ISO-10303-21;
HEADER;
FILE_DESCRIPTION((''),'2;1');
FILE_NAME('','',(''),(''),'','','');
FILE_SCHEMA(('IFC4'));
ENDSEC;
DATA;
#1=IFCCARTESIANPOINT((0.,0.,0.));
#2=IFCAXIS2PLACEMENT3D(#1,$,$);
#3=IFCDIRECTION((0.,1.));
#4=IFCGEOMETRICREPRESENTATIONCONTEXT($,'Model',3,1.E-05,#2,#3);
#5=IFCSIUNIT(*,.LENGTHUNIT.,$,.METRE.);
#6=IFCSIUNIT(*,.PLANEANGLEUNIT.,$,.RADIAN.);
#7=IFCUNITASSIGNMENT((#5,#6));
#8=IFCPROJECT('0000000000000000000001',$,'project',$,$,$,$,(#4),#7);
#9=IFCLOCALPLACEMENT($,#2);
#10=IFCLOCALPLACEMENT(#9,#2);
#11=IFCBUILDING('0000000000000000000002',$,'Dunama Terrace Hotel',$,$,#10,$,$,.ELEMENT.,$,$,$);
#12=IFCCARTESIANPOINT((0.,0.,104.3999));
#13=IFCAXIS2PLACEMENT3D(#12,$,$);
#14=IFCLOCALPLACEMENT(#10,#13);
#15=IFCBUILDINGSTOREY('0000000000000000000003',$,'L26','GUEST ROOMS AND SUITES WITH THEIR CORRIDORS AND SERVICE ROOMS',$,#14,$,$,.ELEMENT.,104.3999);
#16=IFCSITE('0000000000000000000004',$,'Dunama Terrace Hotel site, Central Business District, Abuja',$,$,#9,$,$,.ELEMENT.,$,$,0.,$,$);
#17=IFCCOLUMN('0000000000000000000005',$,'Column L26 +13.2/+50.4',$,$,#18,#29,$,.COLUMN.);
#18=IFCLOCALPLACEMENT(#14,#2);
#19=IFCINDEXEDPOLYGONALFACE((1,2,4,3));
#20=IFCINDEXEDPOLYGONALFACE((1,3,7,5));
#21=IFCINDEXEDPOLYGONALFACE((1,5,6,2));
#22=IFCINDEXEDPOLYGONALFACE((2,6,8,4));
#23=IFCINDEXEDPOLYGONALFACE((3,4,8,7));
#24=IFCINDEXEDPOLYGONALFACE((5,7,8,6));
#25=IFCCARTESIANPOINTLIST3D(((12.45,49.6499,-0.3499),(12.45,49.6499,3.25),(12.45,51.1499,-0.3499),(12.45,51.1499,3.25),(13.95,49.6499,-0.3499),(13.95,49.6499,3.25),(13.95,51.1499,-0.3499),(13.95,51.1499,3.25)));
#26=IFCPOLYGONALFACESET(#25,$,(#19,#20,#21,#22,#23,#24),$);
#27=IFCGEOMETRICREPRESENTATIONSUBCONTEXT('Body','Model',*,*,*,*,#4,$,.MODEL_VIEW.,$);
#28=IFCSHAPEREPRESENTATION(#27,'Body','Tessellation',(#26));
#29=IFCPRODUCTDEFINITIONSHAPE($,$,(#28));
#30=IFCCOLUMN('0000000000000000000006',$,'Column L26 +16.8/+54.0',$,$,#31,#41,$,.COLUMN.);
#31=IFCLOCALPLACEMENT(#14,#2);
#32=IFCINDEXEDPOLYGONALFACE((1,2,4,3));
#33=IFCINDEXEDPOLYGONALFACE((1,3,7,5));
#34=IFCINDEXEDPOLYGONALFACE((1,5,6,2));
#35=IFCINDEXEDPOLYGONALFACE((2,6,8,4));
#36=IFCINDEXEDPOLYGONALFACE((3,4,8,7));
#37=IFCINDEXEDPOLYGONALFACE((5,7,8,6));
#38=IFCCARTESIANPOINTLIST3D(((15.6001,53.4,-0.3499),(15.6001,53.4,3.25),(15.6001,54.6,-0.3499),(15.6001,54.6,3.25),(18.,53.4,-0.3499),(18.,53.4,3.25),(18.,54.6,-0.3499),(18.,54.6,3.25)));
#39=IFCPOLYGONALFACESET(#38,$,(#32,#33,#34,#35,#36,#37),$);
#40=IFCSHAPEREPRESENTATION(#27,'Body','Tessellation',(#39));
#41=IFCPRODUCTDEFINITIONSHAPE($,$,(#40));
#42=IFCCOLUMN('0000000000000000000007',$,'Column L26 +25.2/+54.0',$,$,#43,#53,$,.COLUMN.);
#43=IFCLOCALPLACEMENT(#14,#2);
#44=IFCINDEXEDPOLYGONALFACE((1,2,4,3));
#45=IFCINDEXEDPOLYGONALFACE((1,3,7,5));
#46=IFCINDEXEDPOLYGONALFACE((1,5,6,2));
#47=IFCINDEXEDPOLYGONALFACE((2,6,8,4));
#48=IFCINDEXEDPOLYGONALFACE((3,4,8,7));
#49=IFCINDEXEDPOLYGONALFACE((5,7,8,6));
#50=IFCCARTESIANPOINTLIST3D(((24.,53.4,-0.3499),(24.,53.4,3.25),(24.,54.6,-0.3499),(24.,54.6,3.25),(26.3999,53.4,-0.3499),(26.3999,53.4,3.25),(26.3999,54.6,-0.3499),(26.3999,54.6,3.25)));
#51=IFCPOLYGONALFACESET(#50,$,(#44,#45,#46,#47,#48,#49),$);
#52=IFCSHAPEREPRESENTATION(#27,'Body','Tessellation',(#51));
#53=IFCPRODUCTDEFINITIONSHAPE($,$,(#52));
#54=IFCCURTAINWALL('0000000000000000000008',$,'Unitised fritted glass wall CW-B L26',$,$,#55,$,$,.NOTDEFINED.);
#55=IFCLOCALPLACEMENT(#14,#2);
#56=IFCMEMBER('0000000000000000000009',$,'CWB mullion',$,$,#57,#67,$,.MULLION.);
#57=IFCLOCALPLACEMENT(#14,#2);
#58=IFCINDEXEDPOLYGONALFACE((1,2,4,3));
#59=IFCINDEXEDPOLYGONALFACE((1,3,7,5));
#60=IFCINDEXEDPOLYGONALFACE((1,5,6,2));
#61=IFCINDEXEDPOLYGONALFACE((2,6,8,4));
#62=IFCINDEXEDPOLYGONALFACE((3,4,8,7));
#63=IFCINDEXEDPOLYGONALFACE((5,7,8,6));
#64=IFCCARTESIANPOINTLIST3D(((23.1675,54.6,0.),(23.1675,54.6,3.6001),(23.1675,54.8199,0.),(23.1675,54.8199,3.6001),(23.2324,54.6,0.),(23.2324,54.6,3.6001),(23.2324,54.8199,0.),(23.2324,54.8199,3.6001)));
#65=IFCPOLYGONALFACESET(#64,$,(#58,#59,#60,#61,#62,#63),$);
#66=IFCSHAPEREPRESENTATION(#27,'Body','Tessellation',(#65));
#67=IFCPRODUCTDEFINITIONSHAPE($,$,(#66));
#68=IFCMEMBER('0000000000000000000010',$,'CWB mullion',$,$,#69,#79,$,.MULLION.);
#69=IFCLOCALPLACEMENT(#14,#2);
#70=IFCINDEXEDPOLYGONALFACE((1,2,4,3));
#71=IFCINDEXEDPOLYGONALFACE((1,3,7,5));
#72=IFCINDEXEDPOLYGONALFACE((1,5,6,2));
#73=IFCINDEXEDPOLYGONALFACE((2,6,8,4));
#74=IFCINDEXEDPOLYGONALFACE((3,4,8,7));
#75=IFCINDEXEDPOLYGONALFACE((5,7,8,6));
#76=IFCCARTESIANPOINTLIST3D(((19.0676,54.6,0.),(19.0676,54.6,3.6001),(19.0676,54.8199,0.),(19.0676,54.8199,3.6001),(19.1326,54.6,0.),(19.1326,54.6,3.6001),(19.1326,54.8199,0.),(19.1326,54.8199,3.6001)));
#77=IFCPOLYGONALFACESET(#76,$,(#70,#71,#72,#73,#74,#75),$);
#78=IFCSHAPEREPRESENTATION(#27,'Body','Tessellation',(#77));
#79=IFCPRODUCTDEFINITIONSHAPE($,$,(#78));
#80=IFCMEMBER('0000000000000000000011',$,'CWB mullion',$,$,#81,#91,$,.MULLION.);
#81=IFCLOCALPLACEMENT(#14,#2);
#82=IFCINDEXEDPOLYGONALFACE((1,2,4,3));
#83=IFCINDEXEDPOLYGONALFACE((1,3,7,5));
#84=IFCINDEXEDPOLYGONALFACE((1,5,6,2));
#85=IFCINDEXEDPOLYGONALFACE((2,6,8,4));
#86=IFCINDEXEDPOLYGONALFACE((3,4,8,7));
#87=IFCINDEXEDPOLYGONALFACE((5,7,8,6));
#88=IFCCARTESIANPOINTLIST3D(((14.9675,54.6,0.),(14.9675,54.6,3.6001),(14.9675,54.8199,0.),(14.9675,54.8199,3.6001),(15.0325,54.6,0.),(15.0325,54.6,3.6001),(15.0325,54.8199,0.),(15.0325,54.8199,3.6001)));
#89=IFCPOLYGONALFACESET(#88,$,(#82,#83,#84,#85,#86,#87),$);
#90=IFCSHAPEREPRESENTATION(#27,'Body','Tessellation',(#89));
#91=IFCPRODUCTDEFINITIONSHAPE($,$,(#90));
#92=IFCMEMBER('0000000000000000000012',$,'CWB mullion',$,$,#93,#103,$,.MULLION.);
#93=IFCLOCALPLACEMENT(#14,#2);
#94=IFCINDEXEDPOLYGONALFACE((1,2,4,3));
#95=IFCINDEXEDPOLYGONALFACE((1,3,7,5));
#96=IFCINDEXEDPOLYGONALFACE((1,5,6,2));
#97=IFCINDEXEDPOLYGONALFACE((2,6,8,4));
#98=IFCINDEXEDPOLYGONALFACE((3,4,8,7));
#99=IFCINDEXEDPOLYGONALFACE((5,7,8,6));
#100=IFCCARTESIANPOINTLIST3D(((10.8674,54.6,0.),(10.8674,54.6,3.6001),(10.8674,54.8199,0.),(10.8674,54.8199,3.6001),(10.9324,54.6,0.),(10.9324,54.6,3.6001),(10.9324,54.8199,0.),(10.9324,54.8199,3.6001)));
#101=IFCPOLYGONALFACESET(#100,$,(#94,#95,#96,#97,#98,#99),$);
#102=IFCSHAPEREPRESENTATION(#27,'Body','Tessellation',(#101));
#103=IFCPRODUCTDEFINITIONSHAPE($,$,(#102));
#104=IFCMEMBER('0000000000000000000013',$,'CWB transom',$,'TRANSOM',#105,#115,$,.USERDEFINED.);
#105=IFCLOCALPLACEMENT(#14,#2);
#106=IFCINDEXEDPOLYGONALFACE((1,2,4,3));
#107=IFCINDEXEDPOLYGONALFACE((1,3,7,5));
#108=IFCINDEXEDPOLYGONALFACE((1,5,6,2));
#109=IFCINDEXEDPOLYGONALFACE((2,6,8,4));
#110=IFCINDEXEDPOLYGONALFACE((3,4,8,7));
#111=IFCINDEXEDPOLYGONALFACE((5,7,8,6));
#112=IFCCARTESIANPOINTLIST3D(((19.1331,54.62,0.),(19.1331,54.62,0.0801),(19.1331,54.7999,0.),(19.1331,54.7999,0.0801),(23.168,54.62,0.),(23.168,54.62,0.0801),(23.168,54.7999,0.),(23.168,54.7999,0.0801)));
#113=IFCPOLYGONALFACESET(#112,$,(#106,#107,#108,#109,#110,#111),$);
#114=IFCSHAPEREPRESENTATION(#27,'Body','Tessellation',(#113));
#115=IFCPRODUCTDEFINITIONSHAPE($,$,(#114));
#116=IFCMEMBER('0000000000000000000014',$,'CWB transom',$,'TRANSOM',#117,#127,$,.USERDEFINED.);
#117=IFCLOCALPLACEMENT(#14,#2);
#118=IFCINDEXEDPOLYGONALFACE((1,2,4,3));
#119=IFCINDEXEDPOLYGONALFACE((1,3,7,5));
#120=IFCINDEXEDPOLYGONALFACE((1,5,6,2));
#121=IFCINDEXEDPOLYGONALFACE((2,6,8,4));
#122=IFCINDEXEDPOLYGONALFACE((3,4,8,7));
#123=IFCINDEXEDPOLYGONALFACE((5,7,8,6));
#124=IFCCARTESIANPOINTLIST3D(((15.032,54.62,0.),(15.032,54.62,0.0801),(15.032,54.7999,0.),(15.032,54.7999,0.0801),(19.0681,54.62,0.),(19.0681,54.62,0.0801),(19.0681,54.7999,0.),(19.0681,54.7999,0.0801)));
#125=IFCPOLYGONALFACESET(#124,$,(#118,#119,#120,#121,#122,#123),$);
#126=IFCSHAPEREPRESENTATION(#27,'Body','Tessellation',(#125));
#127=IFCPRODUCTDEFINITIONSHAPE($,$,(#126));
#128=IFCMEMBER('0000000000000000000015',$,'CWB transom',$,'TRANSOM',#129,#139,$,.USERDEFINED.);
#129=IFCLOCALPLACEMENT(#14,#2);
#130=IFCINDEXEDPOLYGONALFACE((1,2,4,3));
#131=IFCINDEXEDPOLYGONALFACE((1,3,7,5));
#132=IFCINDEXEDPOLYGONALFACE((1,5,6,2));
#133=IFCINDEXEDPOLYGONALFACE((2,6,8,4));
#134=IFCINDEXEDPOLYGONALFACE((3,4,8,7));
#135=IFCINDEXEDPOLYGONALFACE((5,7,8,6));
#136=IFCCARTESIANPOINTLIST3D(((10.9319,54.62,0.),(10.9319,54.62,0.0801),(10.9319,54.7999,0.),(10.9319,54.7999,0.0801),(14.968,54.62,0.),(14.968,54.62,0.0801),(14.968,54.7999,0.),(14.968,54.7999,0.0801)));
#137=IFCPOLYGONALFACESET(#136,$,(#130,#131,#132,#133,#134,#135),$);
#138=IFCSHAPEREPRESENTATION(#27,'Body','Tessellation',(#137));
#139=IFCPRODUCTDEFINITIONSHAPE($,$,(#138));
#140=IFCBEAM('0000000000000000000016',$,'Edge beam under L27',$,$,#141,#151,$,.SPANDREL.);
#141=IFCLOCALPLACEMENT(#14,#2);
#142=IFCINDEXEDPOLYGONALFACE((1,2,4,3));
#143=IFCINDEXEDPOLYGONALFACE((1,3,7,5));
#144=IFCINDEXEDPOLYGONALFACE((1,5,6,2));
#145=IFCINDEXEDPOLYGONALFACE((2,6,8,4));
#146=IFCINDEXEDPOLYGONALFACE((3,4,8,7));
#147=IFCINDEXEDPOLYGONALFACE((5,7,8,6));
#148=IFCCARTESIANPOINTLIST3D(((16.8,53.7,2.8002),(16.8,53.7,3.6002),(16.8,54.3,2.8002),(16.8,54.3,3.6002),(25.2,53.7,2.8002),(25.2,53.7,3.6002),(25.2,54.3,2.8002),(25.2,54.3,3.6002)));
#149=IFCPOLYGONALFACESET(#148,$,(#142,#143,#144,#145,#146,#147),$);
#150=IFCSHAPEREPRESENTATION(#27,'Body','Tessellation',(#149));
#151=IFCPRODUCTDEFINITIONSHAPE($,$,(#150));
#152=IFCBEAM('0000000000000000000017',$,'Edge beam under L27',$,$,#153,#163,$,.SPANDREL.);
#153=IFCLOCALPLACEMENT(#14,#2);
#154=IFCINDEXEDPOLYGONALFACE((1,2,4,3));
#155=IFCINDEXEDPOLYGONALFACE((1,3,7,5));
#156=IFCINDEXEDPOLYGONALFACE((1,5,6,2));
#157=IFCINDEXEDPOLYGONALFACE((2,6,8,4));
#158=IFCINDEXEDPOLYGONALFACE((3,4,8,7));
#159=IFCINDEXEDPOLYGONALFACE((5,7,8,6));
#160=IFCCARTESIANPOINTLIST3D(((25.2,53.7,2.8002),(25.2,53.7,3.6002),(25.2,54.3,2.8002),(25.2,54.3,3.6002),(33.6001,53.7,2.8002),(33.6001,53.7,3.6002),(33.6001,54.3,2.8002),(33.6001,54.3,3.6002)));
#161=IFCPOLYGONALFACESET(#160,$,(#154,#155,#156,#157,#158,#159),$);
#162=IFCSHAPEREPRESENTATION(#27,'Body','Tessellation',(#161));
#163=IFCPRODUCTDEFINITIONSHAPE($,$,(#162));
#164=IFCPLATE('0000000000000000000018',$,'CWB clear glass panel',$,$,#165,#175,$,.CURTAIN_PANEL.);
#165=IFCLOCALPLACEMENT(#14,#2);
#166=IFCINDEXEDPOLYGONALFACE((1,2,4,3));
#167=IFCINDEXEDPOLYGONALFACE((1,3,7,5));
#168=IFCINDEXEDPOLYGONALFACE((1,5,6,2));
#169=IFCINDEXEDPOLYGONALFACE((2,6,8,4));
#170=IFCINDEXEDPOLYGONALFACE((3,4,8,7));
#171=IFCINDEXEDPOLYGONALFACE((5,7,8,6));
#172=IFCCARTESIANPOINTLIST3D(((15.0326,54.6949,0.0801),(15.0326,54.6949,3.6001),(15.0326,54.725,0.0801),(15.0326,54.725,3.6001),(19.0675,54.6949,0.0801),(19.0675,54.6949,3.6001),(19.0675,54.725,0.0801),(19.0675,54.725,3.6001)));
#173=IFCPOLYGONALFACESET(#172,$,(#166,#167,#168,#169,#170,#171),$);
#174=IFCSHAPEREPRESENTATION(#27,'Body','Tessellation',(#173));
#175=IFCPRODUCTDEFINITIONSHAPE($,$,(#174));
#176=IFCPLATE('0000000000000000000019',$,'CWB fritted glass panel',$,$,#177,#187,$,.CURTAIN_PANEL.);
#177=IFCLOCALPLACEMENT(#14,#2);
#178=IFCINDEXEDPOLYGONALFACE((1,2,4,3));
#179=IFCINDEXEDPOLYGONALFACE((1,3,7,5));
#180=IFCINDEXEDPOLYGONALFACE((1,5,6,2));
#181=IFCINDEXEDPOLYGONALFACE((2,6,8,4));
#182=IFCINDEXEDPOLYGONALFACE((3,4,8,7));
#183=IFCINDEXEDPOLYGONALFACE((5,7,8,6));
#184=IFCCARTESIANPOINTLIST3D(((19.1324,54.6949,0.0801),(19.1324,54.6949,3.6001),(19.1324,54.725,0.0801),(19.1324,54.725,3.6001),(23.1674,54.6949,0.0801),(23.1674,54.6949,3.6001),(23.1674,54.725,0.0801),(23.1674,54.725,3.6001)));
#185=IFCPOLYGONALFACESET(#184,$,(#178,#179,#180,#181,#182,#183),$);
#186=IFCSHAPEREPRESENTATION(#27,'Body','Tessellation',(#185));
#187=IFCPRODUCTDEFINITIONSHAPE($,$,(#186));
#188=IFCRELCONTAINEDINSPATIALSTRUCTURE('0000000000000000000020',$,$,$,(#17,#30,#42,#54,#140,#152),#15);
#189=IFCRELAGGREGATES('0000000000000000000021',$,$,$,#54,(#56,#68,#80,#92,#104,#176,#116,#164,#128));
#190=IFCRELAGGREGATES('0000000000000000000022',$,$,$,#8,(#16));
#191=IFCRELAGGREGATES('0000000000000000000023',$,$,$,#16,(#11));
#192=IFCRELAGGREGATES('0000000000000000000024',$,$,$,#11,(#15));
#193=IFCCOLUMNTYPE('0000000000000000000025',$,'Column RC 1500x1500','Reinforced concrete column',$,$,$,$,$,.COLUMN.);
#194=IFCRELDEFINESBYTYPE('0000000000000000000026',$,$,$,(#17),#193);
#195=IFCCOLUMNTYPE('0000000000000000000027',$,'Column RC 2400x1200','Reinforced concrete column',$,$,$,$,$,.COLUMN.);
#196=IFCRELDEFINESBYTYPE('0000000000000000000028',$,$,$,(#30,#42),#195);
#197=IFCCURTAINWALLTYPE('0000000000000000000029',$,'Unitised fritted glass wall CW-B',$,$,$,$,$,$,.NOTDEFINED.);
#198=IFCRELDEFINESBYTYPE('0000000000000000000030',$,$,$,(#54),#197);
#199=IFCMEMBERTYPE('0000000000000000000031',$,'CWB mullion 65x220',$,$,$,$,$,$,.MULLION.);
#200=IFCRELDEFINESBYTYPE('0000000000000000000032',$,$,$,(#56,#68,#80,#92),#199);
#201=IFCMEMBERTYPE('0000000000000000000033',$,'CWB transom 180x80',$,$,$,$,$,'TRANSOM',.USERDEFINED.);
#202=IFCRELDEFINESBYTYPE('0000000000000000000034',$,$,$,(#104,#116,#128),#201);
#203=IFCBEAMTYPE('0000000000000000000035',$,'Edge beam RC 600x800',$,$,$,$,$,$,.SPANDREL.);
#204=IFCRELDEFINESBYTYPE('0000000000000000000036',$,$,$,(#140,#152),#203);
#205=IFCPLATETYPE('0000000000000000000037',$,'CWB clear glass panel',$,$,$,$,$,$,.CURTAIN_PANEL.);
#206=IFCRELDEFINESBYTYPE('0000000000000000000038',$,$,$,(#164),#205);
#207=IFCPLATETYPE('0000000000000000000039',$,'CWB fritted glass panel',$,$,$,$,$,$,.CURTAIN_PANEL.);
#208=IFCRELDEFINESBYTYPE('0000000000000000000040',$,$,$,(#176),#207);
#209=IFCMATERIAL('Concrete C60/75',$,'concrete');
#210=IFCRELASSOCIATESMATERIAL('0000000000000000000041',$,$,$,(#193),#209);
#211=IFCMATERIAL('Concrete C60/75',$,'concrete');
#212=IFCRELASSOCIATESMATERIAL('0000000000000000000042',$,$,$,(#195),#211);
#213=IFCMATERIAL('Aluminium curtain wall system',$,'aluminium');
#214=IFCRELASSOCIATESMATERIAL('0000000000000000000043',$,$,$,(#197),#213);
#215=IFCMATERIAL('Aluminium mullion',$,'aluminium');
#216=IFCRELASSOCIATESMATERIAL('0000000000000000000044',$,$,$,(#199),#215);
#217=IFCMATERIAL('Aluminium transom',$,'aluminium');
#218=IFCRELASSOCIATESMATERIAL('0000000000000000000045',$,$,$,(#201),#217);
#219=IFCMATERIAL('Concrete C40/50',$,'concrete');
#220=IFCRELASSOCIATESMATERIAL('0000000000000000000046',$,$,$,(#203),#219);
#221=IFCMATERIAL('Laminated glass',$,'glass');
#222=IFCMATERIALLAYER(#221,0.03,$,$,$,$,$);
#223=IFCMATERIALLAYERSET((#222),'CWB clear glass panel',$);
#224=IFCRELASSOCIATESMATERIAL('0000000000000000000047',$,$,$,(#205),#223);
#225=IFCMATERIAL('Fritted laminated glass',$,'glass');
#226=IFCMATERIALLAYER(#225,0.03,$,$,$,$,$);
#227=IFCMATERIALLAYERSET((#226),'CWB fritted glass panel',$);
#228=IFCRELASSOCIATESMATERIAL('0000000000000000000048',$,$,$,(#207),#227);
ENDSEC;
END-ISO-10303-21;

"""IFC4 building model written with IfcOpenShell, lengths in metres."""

from ifc_helpers import new_model, si_unit, direction, frame, origin, origin_2d, place, context, subcontext, project, spatial, rectangle, extrude, material, layer, layer_set, material_profile, profile_set, type_object, element, aggregate, save


model = new_model("IFC4")

# Units and contexts
model_context = context("Model", 3, precision=1e-05, world=origin(), true_north=direction((0.0, 1.0)))
body_context = subcontext(model_context, "Body", "Model", "MODEL_VIEW")
ifc_project = project(units=[si_unit("LENGTHUNIT", "METRE"), si_unit("PLANEANGLEUNIT", "RADIAN")], contexts=[model_context])

# Site, building, storey
site_placement = place(None, origin())
site = spatial("IfcSite", under=ifc_project, at=site_placement, Name="Dunama Terrace Hotel site, Central Business District, Abuja", CompositionType="ELEMENT", RefElevation=0.0)
building_placement = place(site_placement, origin())
building = spatial("IfcBuilding", under=site, at=building_placement, Name="Dunama Terrace Hotel", CompositionType="ELEMENT")
storey_placement = place(building_placement, frame((0.0, 0.0, 104.3999)))
storey = spatial("IfcBuildingStorey", under=building, at=storey_placement, Name="L26", Description="GUEST ROOMS AND SUITES WITH THEIR CORRIDORS AND SERVICE ROOMS", CompositionType="ELEMENT", Elevation=104.3999)

# Columns
ifc_material_1 = material(Name="Concrete C60/75", Category="concrete")
ifc_material_profile_1 = material_profile(ifc_material_1, rectangle(XDim=1.5, YDim=1.5, at=origin_2d()), Name="RC 1500x1500")
ifc_profile_set_1 = profile_set([ifc_material_profile_1], Name="Concrete C60/75")
column_type_1 = type_object("IfcColumnType", Name="Column RC 1500x1500", Description="Reinforced concrete column", PredefinedType="COLUMN", material=ifc_profile_set_1)
column_placement = place(storey_placement, frame((13.2, 50.3999, -0.3499), z_axis=(0.0, 0.0, 1.0), x_axis=(1.0, 0.0, 0.0)))
element("IfcColumn", 1, at=column_placement, inside=storey, type_object=column_type_1, Name="Column L26 +13.2/+50.4", PredefinedType="COLUMN", context=body_context, shape_type="SweptSolid", body=[
    extrude(rectangle(XDim=1.5, YDim=1.5, at=origin_2d()), origin(), (0.0, 0.0, 1.0), 3.5999),
])
ifc_material_2 = material(Name="Concrete C60/75", Category="concrete")
ifc_material_profile_2 = material_profile(ifc_material_2, rectangle(XDim=2.3999, YDim=1.2, at=origin_2d()), Name="RC 2400x1200")
ifc_profile_set_2 = profile_set([ifc_material_profile_2], Name="Concrete C60/75")
column_type_2 = type_object("IfcColumnType", Name="Column RC 2400x1200", Description="Reinforced concrete column", PredefinedType="COLUMN", material=ifc_profile_set_2)
for number, where, z_axis, x_axis, name in (
    (2, (16.8, 54.0, -0.3499), (0.0, 0.0, 1.0), (1.0, 0.0, 0.0), "Column L26 +16.8/+54.0"),
    (3, (25.2, 54.0, -0.3499), (0.0, 0.0, 1.0), (1.0, 0.0, 0.0), "Column L26 +25.2/+54.0"),
):
    element("IfcColumn", number, at=place(storey_placement, frame(where, z_axis=z_axis, x_axis=x_axis)), inside=storey, type_object=column_type_2, Name=name, PredefinedType="COLUMN", context=body_context, shape_type="SweptSolid", body=[
        extrude(rectangle(XDim=2.3999, YDim=1.2, at=origin_2d()), origin(), (0.0, 0.0, 1.0), 3.5999),
    ])

# Curtain wall, members
ifc_material_3 = material(Name="Aluminium curtain wall system", Category="aluminium")
curtain_wall_type = type_object("IfcCurtainWallType", Name="Unitised fritted glass wall CW-B", PredefinedType="NOTDEFINED", material=ifc_material_3)
curtain_wall_placement = place(storey_placement, origin())
curtain_wall = element("IfcCurtainWall", 4, at=curtain_wall_placement, inside=storey, type_object=curtain_wall_type, Name="Unitised fritted glass wall CW-B L26", PredefinedType="NOTDEFINED")
ifc_material_4 = material(Name="Aluminium mullion", Category="aluminium")
ifc_material_profile_3 = material_profile(ifc_material_4, rectangle(XDim=0.0649, YDim=0.22, at=origin_2d()), Name="CWB MULLION 65X220")
ifc_profile_set_3 = profile_set([ifc_material_profile_3], Name="Aluminium mullion")
member_type_1 = type_object("IfcMemberType", Name="CWB mullion 65x220", PredefinedType="MULLION", material=ifc_profile_set_3)
member_1_placement = place(storey_placement, frame((23.2, 54.71, 0.0), z_axis=(0.0, 0.0, 1.0), x_axis=(-1.0, 0.0, 0.0)))
member_1 = element("IfcMember", 5, at=member_1_placement, type_object=member_type_1, Name="CWB mullion", PredefinedType="MULLION", context=body_context, shape_type="SweptSolid", body=[
    extrude(rectangle(XDim=0.0649, YDim=0.22, at=origin_2d()), origin(), (0.0, 0.0, 1.0), 3.6001),
])
member_2_placement = place(storey_placement, frame((19.1001, 54.71, 0.0), z_axis=(0.0, 0.0, 1.0), x_axis=(-1.0, 0.0, 0.0)))
member_2 = element("IfcMember", 6, at=member_2_placement, type_object=member_type_1, Name="CWB mullion", PredefinedType="MULLION", context=body_context, shape_type="SweptSolid", body=[
    extrude(rectangle(XDim=0.0649, YDim=0.22, at=origin_2d()), origin(), (0.0, 0.0, 1.0), 3.6001),
])
member_3_placement = place(storey_placement, frame((15.0, 54.71, 0.0), z_axis=(0.0, 0.0, 1.0), x_axis=(-1.0, 0.0, 0.0)))
member_3 = element("IfcMember", 7, at=member_3_placement, type_object=member_type_1, Name="CWB mullion", PredefinedType="MULLION", context=body_context, shape_type="SweptSolid", body=[
    extrude(rectangle(XDim=0.0649, YDim=0.22, at=origin_2d()), origin(), (0.0, 0.0, 1.0), 3.6001),
])
member_4_placement = place(storey_placement, frame((10.8999, 54.71, 0.0), z_axis=(0.0, 0.0, 1.0), x_axis=(-1.0, 0.0, 0.0)))
member_4 = element("IfcMember", 8, at=member_4_placement, type_object=member_type_1, Name="CWB mullion", PredefinedType="MULLION", context=body_context, shape_type="SweptSolid", body=[
    extrude(rectangle(XDim=0.0649, YDim=0.22, at=origin_2d()), origin(), (0.0, 0.0, 1.0), 3.6001),
])
ifc_material_5 = material(Name="Aluminium transom", Category="aluminium")
ifc_material_profile_4 = material_profile(ifc_material_5, rectangle(XDim=0.1799, YDim=0.0801, at=origin_2d()), Name="CWB TRANSOM 180X80")
ifc_profile_set_4 = profile_set([ifc_material_profile_4], Name="Aluminium transom")
member_type_2 = type_object("IfcMemberType", Name="CWB transom 180x80", ElementType="TRANSOM", PredefinedType="USERDEFINED", material=ifc_profile_set_4)
member_5_placement = place(storey_placement, frame((23.168, 54.71, 0.04), z_axis=(-1.0, 0.0, 0.0), x_axis=(0.0, -1.0, 0.0)))
member_5 = element("IfcMember", 9, at=member_5_placement, type_object=member_type_2, Name="CWB transom", ObjectType="TRANSOM", PredefinedType="USERDEFINED", context=body_context, shape_type="SweptSolid", body=[
    extrude(rectangle(XDim=0.1799, YDim=0.0801, at=origin_2d()), origin(), (0.0, 0.0, 1.0), 4.0349),
])
member_6_placement = place(storey_placement, frame((19.0681, 54.71, 0.04), z_axis=(-1.0, 0.0, 0.0), x_axis=(0.0, -1.0, 0.0)))
member_6 = element("IfcMember", 10, at=member_6_placement, type_object=member_type_2, Name="CWB transom", ObjectType="TRANSOM", PredefinedType="USERDEFINED", context=body_context, shape_type="SweptSolid", body=[
    extrude(rectangle(XDim=0.1799, YDim=0.0801, at=origin_2d()), origin(), (0.0, 0.0, 1.0), 4.0361),
])
member_7_placement = place(storey_placement, frame((14.968, 54.71, 0.04), z_axis=(-1.0, 0.0, 0.0), x_axis=(0.0, -1.0, 0.0)))
member_7 = element("IfcMember", 11, at=member_7_placement, type_object=member_type_2, Name="CWB transom", ObjectType="TRANSOM", PredefinedType="USERDEFINED", context=body_context, shape_type="SweptSolid", body=[
    extrude(rectangle(XDim=0.1799, YDim=0.0801, at=origin_2d()), origin(), (0.0, 0.0, 1.0), 4.0361),
])

# Beams
ifc_material_6 = material(Name="Concrete C40/50", Category="concrete")
ifc_material_profile_5 = material_profile(ifc_material_6, rectangle(XDim=0.6001, YDim=0.8, at=origin_2d()), Name="RC 600x800")
ifc_profile_set_5 = profile_set([ifc_material_profile_5], Name="Concrete C40/50")
beam_type = type_object("IfcBeamType", Name="Edge beam RC 600x800", PredefinedType="SPANDREL", material=ifc_profile_set_5)
beam_1_placement = place(storey_placement, frame((16.8, 54.0, 3.2002), z_axis=(1.0, 0.0, 0.0), x_axis=(0.0, 1.0, 0.0)))
element("IfcBeam", 12, at=beam_1_placement, inside=storey, type_object=beam_type, Name="Edge beam under L27", PredefinedType="SPANDREL", context=body_context, shape_type="SweptSolid", body=[
    extrude(rectangle(XDim=0.6001, YDim=0.8, at=origin_2d()), origin(), (0.0, 0.0, 1.0), 8.3999),
])
beam_2_placement = place(storey_placement, frame((25.2, 54.0, 3.2002), z_axis=(1.0, 0.0, 0.0), x_axis=(0.0, 1.0, 0.0)))
element("IfcBeam", 13, at=beam_2_placement, inside=storey, type_object=beam_type, Name="Edge beam under L27", PredefinedType="SPANDREL", context=body_context, shape_type="SweptSolid", body=[
    extrude(rectangle(XDim=0.6001, YDim=0.8, at=origin_2d()), origin(), (0.0, 0.0, 1.0), 8.4001),
])

# Plates
ifc_material_7 = material(Name="Laminated glass", Category="glass")
ifc_layer_1 = layer(ifc_material_7, 0.03)
ifc_layer_set_1 = layer_set([ifc_layer_1], Name="CWB clear glass panel")
plate_type_1 = type_object("IfcPlateType", Name="CWB clear glass panel", PredefinedType="CURTAIN_PANEL", material=ifc_layer_set_1)
plate_1_placement = place(storey_placement, frame((17.05, 54.71, 0.0801), z_axis=(0.0, 0.0, 1.0), x_axis=(-1.0, 0.0, 0.0)))
plate_1 = element("IfcPlate", 14, at=plate_1_placement, type_object=plate_type_1, Name="CWB clear glass panel", PredefinedType="CURTAIN_PANEL", context=body_context, shape_type="SweptSolid", body=[
    extrude(rectangle(XDim=4.0349, YDim=0.03, at=origin_2d()), origin(), (0.0, 0.0, 1.0), 3.52),
])
ifc_material_8 = material(Name="Fritted laminated glass", Category="glass")
ifc_layer_2 = layer(ifc_material_8, 0.03)
ifc_layer_set_2 = layer_set([ifc_layer_2], Name="CWB fritted glass panel")
plate_type_2 = type_object("IfcPlateType", Name="CWB fritted glass panel", PredefinedType="CURTAIN_PANEL", material=ifc_layer_set_2)
plate_2_placement = place(storey_placement, frame((21.1499, 54.71, 0.0801), z_axis=(0.0, 0.0, 1.0), x_axis=(-1.0, 0.0, 0.0)))
plate_2 = element("IfcPlate", 15, at=plate_2_placement, type_object=plate_type_2, Name="CWB fritted glass panel", PredefinedType="CURTAIN_PANEL", context=body_context, shape_type="SweptSolid", body=[
    extrude(rectangle(XDim=4.0349, YDim=0.03, at=origin_2d()), origin(), (0.0, 0.0, 1.0), 3.52),
])
aggregate(curtain_wall, [member_1, member_2, member_3, member_4, member_5, plate_2, member_6, plate_1, member_7])

save(model, "model.ifc")
